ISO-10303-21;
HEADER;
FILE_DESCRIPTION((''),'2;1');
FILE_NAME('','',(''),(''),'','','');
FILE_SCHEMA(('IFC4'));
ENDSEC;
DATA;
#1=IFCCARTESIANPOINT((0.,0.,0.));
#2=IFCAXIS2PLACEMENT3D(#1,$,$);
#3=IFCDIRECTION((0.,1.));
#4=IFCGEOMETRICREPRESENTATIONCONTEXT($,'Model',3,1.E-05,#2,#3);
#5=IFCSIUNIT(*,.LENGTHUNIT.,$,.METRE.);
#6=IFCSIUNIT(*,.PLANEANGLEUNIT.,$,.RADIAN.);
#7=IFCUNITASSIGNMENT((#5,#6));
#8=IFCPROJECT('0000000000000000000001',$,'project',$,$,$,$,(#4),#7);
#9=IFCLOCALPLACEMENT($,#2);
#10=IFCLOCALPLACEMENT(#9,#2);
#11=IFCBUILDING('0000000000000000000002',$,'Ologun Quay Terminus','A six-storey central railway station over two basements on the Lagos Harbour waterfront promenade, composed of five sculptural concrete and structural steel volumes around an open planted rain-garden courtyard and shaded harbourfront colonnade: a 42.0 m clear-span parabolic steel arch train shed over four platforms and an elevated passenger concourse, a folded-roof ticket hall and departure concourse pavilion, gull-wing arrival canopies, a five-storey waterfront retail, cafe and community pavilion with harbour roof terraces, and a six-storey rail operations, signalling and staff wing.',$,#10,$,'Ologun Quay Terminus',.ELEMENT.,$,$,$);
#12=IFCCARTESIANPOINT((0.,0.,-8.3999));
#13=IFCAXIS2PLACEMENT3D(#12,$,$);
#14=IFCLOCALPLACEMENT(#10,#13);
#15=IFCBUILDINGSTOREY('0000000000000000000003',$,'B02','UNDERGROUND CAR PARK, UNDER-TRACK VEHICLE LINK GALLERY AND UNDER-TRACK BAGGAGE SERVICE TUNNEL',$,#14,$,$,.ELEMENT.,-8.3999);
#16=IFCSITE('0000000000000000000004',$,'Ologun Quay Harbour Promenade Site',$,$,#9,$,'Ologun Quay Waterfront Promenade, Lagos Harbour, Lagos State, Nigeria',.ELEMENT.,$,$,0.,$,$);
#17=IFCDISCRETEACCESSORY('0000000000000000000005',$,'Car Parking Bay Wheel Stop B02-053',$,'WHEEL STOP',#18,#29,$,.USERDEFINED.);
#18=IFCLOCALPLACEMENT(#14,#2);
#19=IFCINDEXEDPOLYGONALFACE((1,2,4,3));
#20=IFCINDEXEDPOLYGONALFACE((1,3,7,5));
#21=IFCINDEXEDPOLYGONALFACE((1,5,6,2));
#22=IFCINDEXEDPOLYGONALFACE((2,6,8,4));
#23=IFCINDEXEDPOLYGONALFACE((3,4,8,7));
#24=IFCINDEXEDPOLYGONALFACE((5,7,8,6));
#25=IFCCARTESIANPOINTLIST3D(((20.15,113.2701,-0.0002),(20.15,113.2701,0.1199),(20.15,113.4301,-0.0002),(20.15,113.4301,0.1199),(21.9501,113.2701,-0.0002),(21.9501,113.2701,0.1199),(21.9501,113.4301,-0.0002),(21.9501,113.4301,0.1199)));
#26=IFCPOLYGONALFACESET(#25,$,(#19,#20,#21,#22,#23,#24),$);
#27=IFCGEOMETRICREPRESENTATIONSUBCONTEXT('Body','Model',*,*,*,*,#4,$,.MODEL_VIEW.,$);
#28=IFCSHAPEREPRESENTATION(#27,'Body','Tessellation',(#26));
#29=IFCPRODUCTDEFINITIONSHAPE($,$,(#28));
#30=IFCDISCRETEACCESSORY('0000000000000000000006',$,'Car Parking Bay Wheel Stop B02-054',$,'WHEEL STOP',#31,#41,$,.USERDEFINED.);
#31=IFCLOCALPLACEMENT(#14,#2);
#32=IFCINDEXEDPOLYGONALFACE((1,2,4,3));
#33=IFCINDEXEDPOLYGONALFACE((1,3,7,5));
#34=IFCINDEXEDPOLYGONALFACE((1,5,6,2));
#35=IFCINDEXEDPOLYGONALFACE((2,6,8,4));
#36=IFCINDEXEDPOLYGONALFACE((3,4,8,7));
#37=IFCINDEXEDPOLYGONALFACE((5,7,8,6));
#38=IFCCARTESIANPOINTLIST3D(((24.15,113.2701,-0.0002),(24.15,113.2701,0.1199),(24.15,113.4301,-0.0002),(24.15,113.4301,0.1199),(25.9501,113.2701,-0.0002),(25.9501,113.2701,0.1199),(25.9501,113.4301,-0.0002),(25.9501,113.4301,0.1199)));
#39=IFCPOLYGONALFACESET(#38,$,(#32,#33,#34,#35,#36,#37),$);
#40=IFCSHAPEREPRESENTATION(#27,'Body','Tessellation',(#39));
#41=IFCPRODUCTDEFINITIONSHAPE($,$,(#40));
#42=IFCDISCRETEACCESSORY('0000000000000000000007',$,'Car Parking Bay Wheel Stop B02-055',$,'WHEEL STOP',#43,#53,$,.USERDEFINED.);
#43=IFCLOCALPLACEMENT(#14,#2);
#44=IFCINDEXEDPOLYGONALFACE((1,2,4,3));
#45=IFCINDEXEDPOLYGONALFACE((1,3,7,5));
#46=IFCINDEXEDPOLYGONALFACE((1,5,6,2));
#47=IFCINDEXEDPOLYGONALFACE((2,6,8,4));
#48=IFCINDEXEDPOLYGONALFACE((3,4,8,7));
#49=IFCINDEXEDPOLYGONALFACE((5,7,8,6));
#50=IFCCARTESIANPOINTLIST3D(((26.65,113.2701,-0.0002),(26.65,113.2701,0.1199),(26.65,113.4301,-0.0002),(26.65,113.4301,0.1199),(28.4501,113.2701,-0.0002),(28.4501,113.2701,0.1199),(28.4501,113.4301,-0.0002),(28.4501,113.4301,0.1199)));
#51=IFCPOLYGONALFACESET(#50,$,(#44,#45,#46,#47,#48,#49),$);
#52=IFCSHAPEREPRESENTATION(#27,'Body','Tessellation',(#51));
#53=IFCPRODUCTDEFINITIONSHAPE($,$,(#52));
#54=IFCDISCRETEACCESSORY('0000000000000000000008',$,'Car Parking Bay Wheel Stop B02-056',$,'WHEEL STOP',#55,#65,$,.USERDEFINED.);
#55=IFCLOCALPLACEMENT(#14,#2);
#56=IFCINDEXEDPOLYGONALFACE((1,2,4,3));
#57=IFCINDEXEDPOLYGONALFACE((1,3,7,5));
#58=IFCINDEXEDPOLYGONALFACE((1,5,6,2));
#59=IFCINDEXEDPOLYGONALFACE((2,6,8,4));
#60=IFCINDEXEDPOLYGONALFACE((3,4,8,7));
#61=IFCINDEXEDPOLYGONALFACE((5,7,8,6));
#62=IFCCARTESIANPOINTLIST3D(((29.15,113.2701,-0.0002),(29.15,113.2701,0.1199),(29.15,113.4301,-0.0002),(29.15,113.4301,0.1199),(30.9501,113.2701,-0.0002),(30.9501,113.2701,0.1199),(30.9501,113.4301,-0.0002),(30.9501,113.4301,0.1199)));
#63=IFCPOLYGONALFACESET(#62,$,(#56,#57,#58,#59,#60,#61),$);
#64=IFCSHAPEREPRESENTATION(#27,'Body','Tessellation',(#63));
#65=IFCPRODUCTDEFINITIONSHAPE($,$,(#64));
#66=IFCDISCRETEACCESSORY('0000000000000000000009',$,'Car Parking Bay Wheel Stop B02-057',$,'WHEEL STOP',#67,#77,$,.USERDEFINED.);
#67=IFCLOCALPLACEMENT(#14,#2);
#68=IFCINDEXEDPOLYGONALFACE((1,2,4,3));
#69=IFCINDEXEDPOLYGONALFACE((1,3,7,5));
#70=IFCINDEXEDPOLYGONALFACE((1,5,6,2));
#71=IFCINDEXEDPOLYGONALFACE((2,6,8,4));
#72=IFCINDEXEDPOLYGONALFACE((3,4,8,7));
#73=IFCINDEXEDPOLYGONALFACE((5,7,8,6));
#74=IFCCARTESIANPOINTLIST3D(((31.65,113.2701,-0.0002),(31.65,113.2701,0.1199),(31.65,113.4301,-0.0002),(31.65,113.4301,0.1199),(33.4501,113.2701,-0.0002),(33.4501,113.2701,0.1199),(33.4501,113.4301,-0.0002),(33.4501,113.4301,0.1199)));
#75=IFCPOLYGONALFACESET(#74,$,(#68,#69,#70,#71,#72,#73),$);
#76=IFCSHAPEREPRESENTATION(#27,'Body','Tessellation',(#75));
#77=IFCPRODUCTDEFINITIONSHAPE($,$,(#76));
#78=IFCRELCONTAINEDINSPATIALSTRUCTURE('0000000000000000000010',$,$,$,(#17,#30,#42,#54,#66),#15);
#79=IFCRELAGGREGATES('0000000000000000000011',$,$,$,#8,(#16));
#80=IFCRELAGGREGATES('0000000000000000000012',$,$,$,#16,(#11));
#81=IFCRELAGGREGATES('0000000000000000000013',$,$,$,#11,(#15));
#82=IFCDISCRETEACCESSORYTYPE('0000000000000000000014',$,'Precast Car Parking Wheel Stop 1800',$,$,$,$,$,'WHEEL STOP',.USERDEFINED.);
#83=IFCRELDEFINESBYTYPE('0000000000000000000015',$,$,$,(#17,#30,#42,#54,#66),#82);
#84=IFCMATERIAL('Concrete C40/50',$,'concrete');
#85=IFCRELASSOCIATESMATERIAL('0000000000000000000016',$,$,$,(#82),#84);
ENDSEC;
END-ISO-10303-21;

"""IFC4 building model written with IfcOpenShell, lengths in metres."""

from ifc_helpers import new_model, si_unit, direction, frame, origin, origin_2d, place, context, subcontext, project, spatial, rectangle, extrude, material, type_object, element, save


model = new_model("IFC4")

# Units and contexts
model_context = context("Model", 3, precision=1e-05, world=origin(), true_north=direction((0.0, 1.0)))
body_context = subcontext(model_context, "Body", "Model", "MODEL_VIEW")
ifc_project = project(units=[si_unit("LENGTHUNIT", "METRE"), si_unit("PLANEANGLEUNIT", "RADIAN")], contexts=[model_context])

# Site, building, storey
site_placement = place(None, origin())
site = spatial("IfcSite", under=ifc_project, at=site_placement, Name="Ologun Quay Harbour Promenade Site", LongName="Ologun Quay Waterfront Promenade, Lagos Harbour, Lagos State, Nigeria", CompositionType="ELEMENT", RefElevation=0.0)
building_placement = place(site_placement, origin())
building = spatial("IfcBuilding", under=site, at=building_placement, Name="Ologun Quay Terminus", Description="A six-storey central railway station over two basements on the Lagos Harbour waterfront promenade, composed of five sculptural concrete and structural steel volumes around an open planted rain-garden courtyard and shaded harbourfront colonnade: a 42.0 m clear-span parabolic steel arch train shed over four platforms and an elevated passenger concourse, a folded-roof ticket hall and departure concourse pavilion, gull-wing arrival canopies, a five-storey waterfront retail, cafe and community pavilion with harbour roof terraces, and a six-storey rail operations, signalling and staff wing.", LongName="Ologun Quay Terminus", CompositionType="ELEMENT")
storey_placement = place(building_placement, frame((0.0, 0.0, -8.3999)))
storey = spatial("IfcBuildingStorey", under=building, at=storey_placement, Name="B02", Description="UNDERGROUND CAR PARK, UNDER-TRACK VEHICLE LINK GALLERY AND UNDER-TRACK BAGGAGE SERVICE TUNNEL", CompositionType="ELEMENT", Elevation=-8.3999)

# Discrete accessories
ifc_material_1 = material(Name="Concrete C40/50", Category="concrete")
discrete_accessory_type = type_object("IfcDiscreteAccessoryType", Name="Precast Car Parking Wheel Stop 1800", ElementType="WHEEL STOP", PredefinedType="USERDEFINED", material=ifc_material_1)
for number, where, z_axis, x_axis, name in (
    (1, (21.05, 113.3501, -0.0002), (0.0, 0.0, 1.0), (1.0, 0.0, 0.0), "Car Parking Bay Wheel Stop B02-053"),
    (2, (25.05, 113.3501, -0.0002), (0.0, 0.0, 1.0), (1.0, 0.0, 0.0), "Car Parking Bay Wheel Stop B02-054"),
    (3, (27.55, 113.3501, -0.0002), (0.0, 0.0, 1.0), (1.0, 0.0, 0.0), "Car Parking Bay Wheel Stop B02-055"),
    (4, (30.05, 113.3501, -0.0002), (0.0, 0.0, 1.0), (1.0, 0.0, 0.0), "Car Parking Bay Wheel Stop B02-056"),
    (5, (32.55, 113.3501, -0.0002), (0.0, 0.0, 1.0), (1.0, 0.0, 0.0), "Car Parking Bay Wheel Stop B02-057"),
):
    element("IfcDiscreteAccessory", number, at=place(storey_placement, frame(where, z_axis=z_axis, x_axis=x_axis)), inside=storey, type_object=discrete_accessory_type, Name=name, ObjectType="WHEEL STOP", PredefinedType="USERDEFINED", context=body_context, shape_type="SweptSolid", body=[
        extrude(rectangle(XDim=1.8, YDim=0.1599, at=origin_2d()), origin(), (0.0, 0.0, 1.0), 0.1201),
    ])

save(model, "model.ifc")
